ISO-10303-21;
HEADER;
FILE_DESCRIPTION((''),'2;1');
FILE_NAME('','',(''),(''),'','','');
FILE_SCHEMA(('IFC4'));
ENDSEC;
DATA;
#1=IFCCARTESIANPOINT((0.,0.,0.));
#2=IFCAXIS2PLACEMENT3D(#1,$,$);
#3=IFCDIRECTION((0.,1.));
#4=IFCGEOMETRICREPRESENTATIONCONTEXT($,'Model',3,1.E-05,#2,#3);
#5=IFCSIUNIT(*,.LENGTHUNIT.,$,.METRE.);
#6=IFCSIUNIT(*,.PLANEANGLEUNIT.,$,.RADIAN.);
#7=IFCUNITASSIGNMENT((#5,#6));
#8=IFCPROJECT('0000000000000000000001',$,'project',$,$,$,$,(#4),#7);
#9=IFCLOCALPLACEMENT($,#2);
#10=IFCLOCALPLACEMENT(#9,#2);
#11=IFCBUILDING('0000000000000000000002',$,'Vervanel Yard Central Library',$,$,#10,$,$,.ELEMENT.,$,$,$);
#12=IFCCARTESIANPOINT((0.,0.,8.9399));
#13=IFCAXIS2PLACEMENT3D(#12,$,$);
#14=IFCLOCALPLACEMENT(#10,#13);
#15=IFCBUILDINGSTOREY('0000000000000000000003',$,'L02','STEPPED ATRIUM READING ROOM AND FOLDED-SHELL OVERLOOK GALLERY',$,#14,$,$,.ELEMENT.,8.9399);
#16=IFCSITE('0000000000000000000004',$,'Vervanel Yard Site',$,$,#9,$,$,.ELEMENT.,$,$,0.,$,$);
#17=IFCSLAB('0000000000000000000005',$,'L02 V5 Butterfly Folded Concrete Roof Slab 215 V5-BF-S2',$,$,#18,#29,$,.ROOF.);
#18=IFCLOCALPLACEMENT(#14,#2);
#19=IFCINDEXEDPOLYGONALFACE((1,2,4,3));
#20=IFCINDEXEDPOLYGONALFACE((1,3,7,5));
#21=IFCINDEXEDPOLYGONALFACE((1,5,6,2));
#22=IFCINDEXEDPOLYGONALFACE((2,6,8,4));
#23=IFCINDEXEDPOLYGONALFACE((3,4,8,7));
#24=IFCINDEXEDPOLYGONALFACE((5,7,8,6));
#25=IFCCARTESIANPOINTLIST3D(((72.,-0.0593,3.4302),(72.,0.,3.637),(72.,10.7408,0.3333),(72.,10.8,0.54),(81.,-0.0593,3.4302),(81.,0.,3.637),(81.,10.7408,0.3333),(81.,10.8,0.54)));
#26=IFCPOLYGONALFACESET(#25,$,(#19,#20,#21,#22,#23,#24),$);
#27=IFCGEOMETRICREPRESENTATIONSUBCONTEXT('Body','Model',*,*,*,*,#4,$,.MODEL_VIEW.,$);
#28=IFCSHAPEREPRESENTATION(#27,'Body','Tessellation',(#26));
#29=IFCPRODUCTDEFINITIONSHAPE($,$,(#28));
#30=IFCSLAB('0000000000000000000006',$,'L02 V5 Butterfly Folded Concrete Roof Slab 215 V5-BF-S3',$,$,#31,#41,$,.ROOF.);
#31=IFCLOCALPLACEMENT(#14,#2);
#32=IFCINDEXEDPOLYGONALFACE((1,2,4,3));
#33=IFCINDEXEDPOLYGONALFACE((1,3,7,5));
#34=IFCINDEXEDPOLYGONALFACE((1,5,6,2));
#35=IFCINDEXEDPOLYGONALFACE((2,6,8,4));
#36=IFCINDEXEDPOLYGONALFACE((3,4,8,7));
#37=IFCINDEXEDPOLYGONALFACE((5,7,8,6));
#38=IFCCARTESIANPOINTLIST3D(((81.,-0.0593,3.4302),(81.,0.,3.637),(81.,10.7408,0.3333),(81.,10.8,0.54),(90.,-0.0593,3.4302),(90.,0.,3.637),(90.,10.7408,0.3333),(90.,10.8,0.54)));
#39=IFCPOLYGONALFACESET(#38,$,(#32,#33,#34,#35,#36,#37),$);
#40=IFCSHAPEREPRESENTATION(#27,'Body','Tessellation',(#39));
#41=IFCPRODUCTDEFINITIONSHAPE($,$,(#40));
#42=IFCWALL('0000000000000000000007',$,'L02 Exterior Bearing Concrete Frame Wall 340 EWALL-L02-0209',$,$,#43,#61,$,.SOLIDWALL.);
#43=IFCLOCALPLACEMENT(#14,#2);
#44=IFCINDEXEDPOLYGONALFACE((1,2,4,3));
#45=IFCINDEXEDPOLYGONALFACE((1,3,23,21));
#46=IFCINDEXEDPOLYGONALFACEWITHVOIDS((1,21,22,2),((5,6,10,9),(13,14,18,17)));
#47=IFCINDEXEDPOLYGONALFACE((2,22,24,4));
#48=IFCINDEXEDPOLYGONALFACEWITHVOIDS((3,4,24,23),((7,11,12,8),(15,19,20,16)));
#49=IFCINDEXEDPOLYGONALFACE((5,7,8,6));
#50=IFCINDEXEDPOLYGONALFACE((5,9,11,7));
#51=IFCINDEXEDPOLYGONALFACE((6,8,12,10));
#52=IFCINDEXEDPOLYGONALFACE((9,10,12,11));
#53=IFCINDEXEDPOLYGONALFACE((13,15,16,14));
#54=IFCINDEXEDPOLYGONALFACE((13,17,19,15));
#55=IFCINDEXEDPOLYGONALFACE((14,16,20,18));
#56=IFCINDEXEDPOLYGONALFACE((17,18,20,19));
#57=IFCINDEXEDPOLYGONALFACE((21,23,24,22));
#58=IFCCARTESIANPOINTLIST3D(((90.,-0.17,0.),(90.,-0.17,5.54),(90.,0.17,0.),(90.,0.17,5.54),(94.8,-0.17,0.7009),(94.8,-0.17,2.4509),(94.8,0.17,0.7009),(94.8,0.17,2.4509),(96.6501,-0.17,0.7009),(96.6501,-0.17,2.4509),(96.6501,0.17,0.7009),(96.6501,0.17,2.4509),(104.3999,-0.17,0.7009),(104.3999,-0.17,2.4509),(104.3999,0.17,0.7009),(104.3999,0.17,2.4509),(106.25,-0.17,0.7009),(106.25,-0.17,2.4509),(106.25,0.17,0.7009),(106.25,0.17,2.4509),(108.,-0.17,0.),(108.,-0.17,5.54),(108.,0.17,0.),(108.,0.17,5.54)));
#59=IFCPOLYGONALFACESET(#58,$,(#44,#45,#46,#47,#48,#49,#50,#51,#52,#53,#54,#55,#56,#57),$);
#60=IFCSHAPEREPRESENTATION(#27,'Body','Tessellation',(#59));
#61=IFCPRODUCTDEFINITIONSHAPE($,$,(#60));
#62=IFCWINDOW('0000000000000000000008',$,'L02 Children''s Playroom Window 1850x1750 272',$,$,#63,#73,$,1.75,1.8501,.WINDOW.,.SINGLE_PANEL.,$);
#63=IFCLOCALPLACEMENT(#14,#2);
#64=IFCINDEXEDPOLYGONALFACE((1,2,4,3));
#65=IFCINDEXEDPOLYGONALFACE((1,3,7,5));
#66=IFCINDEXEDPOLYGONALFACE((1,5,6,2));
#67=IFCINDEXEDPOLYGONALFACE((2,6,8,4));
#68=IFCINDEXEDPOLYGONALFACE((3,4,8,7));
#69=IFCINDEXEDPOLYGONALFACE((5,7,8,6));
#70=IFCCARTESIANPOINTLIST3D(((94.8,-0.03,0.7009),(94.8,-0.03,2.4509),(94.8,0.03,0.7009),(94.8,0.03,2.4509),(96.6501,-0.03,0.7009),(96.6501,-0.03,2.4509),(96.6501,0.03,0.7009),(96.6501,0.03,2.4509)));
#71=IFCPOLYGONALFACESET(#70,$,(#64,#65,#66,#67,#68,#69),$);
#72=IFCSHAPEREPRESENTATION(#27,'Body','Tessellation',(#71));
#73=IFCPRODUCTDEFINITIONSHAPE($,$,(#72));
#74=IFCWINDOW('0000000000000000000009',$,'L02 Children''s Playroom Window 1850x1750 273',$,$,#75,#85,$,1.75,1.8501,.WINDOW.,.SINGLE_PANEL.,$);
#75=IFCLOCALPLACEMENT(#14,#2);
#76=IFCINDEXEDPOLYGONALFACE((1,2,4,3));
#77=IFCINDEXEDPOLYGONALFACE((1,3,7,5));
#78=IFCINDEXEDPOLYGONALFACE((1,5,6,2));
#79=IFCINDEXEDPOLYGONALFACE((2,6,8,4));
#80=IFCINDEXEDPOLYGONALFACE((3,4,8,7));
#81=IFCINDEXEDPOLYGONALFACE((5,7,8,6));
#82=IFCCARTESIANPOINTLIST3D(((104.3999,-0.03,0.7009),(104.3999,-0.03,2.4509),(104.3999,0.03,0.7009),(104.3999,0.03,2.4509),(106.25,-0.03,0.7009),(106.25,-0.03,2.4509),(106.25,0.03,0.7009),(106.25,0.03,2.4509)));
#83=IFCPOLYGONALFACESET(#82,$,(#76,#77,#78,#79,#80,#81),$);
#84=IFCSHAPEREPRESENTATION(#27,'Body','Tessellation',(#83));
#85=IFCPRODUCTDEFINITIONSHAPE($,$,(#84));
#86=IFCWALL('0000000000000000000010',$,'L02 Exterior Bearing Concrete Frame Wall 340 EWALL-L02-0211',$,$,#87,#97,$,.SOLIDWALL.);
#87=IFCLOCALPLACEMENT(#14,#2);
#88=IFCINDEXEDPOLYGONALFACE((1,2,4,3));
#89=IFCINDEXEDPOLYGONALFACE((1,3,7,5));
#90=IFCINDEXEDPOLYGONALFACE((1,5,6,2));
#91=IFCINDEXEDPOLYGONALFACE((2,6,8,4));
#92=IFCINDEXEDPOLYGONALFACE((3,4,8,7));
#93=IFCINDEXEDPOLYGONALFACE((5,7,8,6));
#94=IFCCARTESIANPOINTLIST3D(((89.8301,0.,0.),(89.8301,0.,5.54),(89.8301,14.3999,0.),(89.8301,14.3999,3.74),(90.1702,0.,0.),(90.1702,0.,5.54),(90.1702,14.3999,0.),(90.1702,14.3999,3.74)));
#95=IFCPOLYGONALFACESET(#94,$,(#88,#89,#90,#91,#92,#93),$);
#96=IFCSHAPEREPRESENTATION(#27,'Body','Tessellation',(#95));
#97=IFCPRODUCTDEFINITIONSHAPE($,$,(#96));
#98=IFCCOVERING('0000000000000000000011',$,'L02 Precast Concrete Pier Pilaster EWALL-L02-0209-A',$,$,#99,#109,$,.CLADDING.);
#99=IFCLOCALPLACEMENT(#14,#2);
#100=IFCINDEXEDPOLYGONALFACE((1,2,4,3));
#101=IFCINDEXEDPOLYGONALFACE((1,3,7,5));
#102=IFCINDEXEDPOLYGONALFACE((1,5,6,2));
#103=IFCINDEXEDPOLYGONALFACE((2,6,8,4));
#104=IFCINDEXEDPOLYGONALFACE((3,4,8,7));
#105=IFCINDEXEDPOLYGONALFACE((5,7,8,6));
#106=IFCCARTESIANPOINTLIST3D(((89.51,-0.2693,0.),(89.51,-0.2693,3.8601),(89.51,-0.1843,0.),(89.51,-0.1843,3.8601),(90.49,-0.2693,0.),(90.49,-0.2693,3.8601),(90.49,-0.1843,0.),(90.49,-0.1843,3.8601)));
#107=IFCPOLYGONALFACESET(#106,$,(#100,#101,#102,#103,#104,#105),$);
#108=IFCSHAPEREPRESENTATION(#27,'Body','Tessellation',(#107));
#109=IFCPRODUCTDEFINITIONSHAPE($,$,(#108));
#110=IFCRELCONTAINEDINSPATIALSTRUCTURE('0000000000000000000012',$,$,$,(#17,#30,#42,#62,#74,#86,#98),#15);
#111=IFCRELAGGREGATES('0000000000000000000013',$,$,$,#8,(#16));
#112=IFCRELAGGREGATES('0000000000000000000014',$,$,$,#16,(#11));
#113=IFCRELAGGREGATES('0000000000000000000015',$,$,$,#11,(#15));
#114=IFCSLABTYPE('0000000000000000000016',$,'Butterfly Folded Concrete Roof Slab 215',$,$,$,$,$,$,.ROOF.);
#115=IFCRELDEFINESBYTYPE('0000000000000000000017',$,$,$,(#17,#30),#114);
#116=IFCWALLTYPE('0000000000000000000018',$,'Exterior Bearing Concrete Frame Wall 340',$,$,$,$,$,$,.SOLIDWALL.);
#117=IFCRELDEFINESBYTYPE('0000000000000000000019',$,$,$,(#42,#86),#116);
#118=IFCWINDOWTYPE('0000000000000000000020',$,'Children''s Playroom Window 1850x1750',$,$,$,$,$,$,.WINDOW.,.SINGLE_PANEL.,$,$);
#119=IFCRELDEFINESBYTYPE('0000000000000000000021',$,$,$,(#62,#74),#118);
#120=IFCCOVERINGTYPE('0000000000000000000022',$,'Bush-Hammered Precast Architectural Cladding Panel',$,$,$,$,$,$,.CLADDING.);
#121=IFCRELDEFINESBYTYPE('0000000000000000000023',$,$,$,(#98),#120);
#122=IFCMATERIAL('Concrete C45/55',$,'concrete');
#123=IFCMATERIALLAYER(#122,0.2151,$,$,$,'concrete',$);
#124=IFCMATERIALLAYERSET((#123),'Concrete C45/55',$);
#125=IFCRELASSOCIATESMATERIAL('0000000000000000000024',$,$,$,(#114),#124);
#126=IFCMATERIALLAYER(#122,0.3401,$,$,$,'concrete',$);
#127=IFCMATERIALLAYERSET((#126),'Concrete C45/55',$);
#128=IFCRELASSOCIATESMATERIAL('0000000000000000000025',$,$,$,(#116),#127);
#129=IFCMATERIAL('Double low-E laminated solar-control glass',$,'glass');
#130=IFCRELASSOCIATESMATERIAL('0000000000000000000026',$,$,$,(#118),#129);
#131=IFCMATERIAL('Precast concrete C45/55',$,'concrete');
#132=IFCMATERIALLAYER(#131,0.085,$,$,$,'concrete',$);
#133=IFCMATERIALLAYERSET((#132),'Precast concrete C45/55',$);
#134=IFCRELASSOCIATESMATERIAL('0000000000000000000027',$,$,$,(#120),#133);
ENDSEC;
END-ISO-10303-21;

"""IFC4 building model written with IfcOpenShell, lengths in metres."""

from ifc_helpers import new_model, si_unit, direction, frame, frame_2d, origin, origin_2d, place, context, subcontext, project, spatial, polyline, rectangle, outline, extrude, material, layer, layer_set, type_object, element, fill, save


model = new_model("IFC4")

# Units and contexts
model_context = context("Model", 3, precision=1e-05, world=origin(), true_north=direction((0.0, 1.0)))
body_context = subcontext(model_context, "Body", "Model", "MODEL_VIEW")
ifc_project = project(units=[si_unit("LENGTHUNIT", "METRE"), si_unit("PLANEANGLEUNIT", "RADIAN")], contexts=[model_context])

# Site, building, storey
site_placement = place(None, origin())
site = spatial("IfcSite", under=ifc_project, at=site_placement, Name="Vervanel Yard Site", CompositionType="ELEMENT", RefElevation=0.0)
building_placement = place(site_placement, origin())
building = spatial("IfcBuilding", under=site, at=building_placement, Name="Vervanel Yard Central Library", CompositionType="ELEMENT")
storey_placement = place(building_placement, frame((0.0, 0.0, 8.9399)))
storey = spatial("IfcBuildingStorey", under=building, at=storey_placement, Name="L02", Description="STEPPED ATRIUM READING ROOM AND FOLDED-SHELL OVERLOOK GALLERY", CompositionType="ELEMENT", Elevation=8.9399)

# Slabs
ifc_material_1 = material(Name="Concrete C45/55", Category="concrete")
ifc_layer_1 = layer(ifc_material_1, 0.2151, Category="concrete")
ifc_layer_set_1 = layer_set([ifc_layer_1], Name="Concrete C45/55")
slab_type = type_object("IfcSlabType", Name="Butterfly Folded Concrete Roof Slab 215", PredefinedType="ROOF", material=ifc_layer_set_1)
for number, where, z_axis, x_axis, name in (
    (1, (72.0, 0.0, 3.637), (0.0, 0.275642, 0.96126), (1.0, 0.0, 0.0), "L02 V5 Butterfly Folded Concrete Roof Slab 215 V5-BF-S2"),
    (2, (81.0, 0.0, 3.637), (0.0, 0.275642, 0.96126), (1.0, 0.0, 0.0), "L02 V5 Butterfly Folded Concrete Roof Slab 215 V5-BF-S3"),
):
    element("IfcSlab", number, at=place(storey_placement, frame(where, z_axis=z_axis, x_axis=x_axis)), inside=storey, type_object=slab_type, Name=name, PredefinedType="ROOF", context=body_context, shape_type="SweptSolid", body=[
        extrude(outline(polyline([(0.0, 0.0), (9.0, 0.0), (9.0, 11.2353), (0.0, 11.2353), (0.0, 0.0)])), origin(), (0.0, 0.0, -1.0), 0.2151),
    ])

# Wall, openings, windows
ifc_layer_2 = layer(ifc_material_1, 0.3401, Category="concrete")
ifc_layer_set_2 = layer_set([ifc_layer_2], Name="Concrete C45/55")
wall_type = type_object("IfcWallType", Name="Exterior Bearing Concrete Frame Wall 340", PredefinedType="SOLIDWALL", material=ifc_layer_set_2)
wall_1_placement = place(storey_placement, frame((90.0, 0.0, 0.0), z_axis=(0.0, 0.0, 1.0), x_axis=(1.0, 0.0, 0.0)))
wall_1 = element("IfcWall", 3, at=wall_1_placement, inside=storey, type_object=wall_type, Name="L02 Exterior Bearing Concrete Frame Wall 340 EWALL-L02-0209", PredefinedType="SOLIDWALL", context=body_context, shape_type="SweptSolid", body=[
    extrude(rectangle(XDim=18.0, YDim=0.3401, at=frame_2d((9.0, 0.0))), origin(), (0.0, 0.0, 1.0), 5.54),
])
opening_1_placement = place(wall_1_placement, frame((4.8, 0.0, 0.7009)))
opening_1 = element("IfcOpeningElement", 4, at=opening_1_placement, cuts=wall_1, PredefinedType="OPENING", context=body_context, shape_type="SweptSolid", body=[
    extrude(rectangle(XDim=1.8501, YDim=1.75, at=frame_2d((0.925, 0.875))), frame((0.0, 0.1799, 0.0), z_axis=(0.0, -1.0, 0.0), x_axis=(1.0, 0.0, 0.0)), (0.0, 0.0, 1.0), 0.3601),
])
opening_2_placement = place(wall_1_placement, frame((14.3999, 0.0, 0.7009)))
opening_2 = element("IfcOpeningElement", 5, at=opening_2_placement, cuts=wall_1, PredefinedType="OPENING", context=body_context, shape_type="SweptSolid", body=[
    extrude(rectangle(XDim=1.8501, YDim=1.75, at=frame_2d((0.925, 0.875))), frame((0.0, 0.1799, 0.0), z_axis=(0.0, -1.0, 0.0), x_axis=(1.0, 0.0, 0.0)), (0.0, 0.0, 1.0), 0.3601),
])
ifc_material_2 = material(Name="Double low-E laminated solar-control glass", Category="glass")
window_type = type_object("IfcWindowType", Name="Children's Playroom Window 1850x1750", PartitioningType="SINGLE_PANEL", PredefinedType="WINDOW", material=ifc_material_2)
window_1_placement = place(opening_1_placement, origin())
window_1 = element("IfcWindow", 6, at=window_1_placement, inside=storey, type_object=window_type, Name="L02 Children's Playroom Window 1850x1750 272", OverallHeight=1.75, OverallWidth=1.8501, PartitioningType="SINGLE_PANEL", PredefinedType="WINDOW", context=body_context, shape_type="SweptSolid", body=[
    extrude(rectangle(XDim=1.8501, YDim=1.75, at=frame_2d((0.925, 0.875))), frame((0.0, 0.03, 0.0), z_axis=(0.0, -1.0, 0.0), x_axis=(1.0, 0.0, 0.0)), (0.0, 0.0, 1.0), 0.0601),
])
fill(opening_1, window_1)
window_2_placement = place(opening_2_placement, origin())
window_2 = element("IfcWindow", 7, at=window_2_placement, inside=storey, type_object=window_type, Name="L02 Children's Playroom Window 1850x1750 273", OverallHeight=1.75, OverallWidth=1.8501, PartitioningType="SINGLE_PANEL", PredefinedType="WINDOW", context=body_context, shape_type="SweptSolid", body=[
    extrude(rectangle(XDim=1.8501, YDim=1.75, at=frame_2d((0.925, 0.875))), frame((0.0, 0.03, 0.0), z_axis=(0.0, -1.0, 0.0), x_axis=(1.0, 0.0, 0.0)), (0.0, 0.0, 1.0), 0.0601),
])
fill(opening_2, window_2)

# Wall
wall_2_placement = place(storey_placement, frame((90.0, 0.0, 0.0), z_axis=(0.0, 0.0, 1.0), x_axis=(0.0, 1.0, 0.0)))
element("IfcWall", 8, at=wall_2_placement, inside=storey, type_object=wall_type, Name="L02 Exterior Bearing Concrete Frame Wall 340 EWALL-L02-0211", PredefinedType="SOLIDWALL", context=body_context, shape_type="SweptSolid", body=[
    extrude(outline(polyline([(0.0, 0.0), (14.3999, 0.0), (14.3999, 3.74), (0.0, 5.54), (0.0, 0.0)])), frame((0.0, 0.1699, 0.0), z_axis=(0.0, -1.0, 0.0), x_axis=(1.0, 0.0, 0.0)), (0.0, 0.0, 1.0), 0.3401),
])

# Covering
ifc_material_3 = material(Name="Precast concrete C45/55", Category="concrete")
ifc_layer_3 = layer(ifc_material_3, 0.085, Category="concrete")
ifc_layer_set_3 = layer_set([ifc_layer_3], Name="Precast concrete C45/55")
covering_type = type_object("IfcCoveringType", Name="Bush-Hammered Precast Architectural Cladding Panel", PredefinedType="CLADDING", material=ifc_layer_set_3)
covering_placement = place(storey_placement, frame((90.0, -0.2268, 0.0), z_axis=(0.0, 0.0, 1.0), x_axis=(1.0, 0.0, 0.0)))
element("IfcCovering", 9, at=covering_placement, inside=storey, type_object=covering_type, Name="L02 Precast Concrete Pier Pilaster EWALL-L02-0209-A", PredefinedType="CLADDING", context=body_context, shape_type="SweptSolid", body=[
    extrude(rectangle(XDim=0.98, YDim=0.085, at=origin_2d()), origin(), (0.0, 0.0, 1.0), 3.8601),
])

save(model, "model.ifc")
